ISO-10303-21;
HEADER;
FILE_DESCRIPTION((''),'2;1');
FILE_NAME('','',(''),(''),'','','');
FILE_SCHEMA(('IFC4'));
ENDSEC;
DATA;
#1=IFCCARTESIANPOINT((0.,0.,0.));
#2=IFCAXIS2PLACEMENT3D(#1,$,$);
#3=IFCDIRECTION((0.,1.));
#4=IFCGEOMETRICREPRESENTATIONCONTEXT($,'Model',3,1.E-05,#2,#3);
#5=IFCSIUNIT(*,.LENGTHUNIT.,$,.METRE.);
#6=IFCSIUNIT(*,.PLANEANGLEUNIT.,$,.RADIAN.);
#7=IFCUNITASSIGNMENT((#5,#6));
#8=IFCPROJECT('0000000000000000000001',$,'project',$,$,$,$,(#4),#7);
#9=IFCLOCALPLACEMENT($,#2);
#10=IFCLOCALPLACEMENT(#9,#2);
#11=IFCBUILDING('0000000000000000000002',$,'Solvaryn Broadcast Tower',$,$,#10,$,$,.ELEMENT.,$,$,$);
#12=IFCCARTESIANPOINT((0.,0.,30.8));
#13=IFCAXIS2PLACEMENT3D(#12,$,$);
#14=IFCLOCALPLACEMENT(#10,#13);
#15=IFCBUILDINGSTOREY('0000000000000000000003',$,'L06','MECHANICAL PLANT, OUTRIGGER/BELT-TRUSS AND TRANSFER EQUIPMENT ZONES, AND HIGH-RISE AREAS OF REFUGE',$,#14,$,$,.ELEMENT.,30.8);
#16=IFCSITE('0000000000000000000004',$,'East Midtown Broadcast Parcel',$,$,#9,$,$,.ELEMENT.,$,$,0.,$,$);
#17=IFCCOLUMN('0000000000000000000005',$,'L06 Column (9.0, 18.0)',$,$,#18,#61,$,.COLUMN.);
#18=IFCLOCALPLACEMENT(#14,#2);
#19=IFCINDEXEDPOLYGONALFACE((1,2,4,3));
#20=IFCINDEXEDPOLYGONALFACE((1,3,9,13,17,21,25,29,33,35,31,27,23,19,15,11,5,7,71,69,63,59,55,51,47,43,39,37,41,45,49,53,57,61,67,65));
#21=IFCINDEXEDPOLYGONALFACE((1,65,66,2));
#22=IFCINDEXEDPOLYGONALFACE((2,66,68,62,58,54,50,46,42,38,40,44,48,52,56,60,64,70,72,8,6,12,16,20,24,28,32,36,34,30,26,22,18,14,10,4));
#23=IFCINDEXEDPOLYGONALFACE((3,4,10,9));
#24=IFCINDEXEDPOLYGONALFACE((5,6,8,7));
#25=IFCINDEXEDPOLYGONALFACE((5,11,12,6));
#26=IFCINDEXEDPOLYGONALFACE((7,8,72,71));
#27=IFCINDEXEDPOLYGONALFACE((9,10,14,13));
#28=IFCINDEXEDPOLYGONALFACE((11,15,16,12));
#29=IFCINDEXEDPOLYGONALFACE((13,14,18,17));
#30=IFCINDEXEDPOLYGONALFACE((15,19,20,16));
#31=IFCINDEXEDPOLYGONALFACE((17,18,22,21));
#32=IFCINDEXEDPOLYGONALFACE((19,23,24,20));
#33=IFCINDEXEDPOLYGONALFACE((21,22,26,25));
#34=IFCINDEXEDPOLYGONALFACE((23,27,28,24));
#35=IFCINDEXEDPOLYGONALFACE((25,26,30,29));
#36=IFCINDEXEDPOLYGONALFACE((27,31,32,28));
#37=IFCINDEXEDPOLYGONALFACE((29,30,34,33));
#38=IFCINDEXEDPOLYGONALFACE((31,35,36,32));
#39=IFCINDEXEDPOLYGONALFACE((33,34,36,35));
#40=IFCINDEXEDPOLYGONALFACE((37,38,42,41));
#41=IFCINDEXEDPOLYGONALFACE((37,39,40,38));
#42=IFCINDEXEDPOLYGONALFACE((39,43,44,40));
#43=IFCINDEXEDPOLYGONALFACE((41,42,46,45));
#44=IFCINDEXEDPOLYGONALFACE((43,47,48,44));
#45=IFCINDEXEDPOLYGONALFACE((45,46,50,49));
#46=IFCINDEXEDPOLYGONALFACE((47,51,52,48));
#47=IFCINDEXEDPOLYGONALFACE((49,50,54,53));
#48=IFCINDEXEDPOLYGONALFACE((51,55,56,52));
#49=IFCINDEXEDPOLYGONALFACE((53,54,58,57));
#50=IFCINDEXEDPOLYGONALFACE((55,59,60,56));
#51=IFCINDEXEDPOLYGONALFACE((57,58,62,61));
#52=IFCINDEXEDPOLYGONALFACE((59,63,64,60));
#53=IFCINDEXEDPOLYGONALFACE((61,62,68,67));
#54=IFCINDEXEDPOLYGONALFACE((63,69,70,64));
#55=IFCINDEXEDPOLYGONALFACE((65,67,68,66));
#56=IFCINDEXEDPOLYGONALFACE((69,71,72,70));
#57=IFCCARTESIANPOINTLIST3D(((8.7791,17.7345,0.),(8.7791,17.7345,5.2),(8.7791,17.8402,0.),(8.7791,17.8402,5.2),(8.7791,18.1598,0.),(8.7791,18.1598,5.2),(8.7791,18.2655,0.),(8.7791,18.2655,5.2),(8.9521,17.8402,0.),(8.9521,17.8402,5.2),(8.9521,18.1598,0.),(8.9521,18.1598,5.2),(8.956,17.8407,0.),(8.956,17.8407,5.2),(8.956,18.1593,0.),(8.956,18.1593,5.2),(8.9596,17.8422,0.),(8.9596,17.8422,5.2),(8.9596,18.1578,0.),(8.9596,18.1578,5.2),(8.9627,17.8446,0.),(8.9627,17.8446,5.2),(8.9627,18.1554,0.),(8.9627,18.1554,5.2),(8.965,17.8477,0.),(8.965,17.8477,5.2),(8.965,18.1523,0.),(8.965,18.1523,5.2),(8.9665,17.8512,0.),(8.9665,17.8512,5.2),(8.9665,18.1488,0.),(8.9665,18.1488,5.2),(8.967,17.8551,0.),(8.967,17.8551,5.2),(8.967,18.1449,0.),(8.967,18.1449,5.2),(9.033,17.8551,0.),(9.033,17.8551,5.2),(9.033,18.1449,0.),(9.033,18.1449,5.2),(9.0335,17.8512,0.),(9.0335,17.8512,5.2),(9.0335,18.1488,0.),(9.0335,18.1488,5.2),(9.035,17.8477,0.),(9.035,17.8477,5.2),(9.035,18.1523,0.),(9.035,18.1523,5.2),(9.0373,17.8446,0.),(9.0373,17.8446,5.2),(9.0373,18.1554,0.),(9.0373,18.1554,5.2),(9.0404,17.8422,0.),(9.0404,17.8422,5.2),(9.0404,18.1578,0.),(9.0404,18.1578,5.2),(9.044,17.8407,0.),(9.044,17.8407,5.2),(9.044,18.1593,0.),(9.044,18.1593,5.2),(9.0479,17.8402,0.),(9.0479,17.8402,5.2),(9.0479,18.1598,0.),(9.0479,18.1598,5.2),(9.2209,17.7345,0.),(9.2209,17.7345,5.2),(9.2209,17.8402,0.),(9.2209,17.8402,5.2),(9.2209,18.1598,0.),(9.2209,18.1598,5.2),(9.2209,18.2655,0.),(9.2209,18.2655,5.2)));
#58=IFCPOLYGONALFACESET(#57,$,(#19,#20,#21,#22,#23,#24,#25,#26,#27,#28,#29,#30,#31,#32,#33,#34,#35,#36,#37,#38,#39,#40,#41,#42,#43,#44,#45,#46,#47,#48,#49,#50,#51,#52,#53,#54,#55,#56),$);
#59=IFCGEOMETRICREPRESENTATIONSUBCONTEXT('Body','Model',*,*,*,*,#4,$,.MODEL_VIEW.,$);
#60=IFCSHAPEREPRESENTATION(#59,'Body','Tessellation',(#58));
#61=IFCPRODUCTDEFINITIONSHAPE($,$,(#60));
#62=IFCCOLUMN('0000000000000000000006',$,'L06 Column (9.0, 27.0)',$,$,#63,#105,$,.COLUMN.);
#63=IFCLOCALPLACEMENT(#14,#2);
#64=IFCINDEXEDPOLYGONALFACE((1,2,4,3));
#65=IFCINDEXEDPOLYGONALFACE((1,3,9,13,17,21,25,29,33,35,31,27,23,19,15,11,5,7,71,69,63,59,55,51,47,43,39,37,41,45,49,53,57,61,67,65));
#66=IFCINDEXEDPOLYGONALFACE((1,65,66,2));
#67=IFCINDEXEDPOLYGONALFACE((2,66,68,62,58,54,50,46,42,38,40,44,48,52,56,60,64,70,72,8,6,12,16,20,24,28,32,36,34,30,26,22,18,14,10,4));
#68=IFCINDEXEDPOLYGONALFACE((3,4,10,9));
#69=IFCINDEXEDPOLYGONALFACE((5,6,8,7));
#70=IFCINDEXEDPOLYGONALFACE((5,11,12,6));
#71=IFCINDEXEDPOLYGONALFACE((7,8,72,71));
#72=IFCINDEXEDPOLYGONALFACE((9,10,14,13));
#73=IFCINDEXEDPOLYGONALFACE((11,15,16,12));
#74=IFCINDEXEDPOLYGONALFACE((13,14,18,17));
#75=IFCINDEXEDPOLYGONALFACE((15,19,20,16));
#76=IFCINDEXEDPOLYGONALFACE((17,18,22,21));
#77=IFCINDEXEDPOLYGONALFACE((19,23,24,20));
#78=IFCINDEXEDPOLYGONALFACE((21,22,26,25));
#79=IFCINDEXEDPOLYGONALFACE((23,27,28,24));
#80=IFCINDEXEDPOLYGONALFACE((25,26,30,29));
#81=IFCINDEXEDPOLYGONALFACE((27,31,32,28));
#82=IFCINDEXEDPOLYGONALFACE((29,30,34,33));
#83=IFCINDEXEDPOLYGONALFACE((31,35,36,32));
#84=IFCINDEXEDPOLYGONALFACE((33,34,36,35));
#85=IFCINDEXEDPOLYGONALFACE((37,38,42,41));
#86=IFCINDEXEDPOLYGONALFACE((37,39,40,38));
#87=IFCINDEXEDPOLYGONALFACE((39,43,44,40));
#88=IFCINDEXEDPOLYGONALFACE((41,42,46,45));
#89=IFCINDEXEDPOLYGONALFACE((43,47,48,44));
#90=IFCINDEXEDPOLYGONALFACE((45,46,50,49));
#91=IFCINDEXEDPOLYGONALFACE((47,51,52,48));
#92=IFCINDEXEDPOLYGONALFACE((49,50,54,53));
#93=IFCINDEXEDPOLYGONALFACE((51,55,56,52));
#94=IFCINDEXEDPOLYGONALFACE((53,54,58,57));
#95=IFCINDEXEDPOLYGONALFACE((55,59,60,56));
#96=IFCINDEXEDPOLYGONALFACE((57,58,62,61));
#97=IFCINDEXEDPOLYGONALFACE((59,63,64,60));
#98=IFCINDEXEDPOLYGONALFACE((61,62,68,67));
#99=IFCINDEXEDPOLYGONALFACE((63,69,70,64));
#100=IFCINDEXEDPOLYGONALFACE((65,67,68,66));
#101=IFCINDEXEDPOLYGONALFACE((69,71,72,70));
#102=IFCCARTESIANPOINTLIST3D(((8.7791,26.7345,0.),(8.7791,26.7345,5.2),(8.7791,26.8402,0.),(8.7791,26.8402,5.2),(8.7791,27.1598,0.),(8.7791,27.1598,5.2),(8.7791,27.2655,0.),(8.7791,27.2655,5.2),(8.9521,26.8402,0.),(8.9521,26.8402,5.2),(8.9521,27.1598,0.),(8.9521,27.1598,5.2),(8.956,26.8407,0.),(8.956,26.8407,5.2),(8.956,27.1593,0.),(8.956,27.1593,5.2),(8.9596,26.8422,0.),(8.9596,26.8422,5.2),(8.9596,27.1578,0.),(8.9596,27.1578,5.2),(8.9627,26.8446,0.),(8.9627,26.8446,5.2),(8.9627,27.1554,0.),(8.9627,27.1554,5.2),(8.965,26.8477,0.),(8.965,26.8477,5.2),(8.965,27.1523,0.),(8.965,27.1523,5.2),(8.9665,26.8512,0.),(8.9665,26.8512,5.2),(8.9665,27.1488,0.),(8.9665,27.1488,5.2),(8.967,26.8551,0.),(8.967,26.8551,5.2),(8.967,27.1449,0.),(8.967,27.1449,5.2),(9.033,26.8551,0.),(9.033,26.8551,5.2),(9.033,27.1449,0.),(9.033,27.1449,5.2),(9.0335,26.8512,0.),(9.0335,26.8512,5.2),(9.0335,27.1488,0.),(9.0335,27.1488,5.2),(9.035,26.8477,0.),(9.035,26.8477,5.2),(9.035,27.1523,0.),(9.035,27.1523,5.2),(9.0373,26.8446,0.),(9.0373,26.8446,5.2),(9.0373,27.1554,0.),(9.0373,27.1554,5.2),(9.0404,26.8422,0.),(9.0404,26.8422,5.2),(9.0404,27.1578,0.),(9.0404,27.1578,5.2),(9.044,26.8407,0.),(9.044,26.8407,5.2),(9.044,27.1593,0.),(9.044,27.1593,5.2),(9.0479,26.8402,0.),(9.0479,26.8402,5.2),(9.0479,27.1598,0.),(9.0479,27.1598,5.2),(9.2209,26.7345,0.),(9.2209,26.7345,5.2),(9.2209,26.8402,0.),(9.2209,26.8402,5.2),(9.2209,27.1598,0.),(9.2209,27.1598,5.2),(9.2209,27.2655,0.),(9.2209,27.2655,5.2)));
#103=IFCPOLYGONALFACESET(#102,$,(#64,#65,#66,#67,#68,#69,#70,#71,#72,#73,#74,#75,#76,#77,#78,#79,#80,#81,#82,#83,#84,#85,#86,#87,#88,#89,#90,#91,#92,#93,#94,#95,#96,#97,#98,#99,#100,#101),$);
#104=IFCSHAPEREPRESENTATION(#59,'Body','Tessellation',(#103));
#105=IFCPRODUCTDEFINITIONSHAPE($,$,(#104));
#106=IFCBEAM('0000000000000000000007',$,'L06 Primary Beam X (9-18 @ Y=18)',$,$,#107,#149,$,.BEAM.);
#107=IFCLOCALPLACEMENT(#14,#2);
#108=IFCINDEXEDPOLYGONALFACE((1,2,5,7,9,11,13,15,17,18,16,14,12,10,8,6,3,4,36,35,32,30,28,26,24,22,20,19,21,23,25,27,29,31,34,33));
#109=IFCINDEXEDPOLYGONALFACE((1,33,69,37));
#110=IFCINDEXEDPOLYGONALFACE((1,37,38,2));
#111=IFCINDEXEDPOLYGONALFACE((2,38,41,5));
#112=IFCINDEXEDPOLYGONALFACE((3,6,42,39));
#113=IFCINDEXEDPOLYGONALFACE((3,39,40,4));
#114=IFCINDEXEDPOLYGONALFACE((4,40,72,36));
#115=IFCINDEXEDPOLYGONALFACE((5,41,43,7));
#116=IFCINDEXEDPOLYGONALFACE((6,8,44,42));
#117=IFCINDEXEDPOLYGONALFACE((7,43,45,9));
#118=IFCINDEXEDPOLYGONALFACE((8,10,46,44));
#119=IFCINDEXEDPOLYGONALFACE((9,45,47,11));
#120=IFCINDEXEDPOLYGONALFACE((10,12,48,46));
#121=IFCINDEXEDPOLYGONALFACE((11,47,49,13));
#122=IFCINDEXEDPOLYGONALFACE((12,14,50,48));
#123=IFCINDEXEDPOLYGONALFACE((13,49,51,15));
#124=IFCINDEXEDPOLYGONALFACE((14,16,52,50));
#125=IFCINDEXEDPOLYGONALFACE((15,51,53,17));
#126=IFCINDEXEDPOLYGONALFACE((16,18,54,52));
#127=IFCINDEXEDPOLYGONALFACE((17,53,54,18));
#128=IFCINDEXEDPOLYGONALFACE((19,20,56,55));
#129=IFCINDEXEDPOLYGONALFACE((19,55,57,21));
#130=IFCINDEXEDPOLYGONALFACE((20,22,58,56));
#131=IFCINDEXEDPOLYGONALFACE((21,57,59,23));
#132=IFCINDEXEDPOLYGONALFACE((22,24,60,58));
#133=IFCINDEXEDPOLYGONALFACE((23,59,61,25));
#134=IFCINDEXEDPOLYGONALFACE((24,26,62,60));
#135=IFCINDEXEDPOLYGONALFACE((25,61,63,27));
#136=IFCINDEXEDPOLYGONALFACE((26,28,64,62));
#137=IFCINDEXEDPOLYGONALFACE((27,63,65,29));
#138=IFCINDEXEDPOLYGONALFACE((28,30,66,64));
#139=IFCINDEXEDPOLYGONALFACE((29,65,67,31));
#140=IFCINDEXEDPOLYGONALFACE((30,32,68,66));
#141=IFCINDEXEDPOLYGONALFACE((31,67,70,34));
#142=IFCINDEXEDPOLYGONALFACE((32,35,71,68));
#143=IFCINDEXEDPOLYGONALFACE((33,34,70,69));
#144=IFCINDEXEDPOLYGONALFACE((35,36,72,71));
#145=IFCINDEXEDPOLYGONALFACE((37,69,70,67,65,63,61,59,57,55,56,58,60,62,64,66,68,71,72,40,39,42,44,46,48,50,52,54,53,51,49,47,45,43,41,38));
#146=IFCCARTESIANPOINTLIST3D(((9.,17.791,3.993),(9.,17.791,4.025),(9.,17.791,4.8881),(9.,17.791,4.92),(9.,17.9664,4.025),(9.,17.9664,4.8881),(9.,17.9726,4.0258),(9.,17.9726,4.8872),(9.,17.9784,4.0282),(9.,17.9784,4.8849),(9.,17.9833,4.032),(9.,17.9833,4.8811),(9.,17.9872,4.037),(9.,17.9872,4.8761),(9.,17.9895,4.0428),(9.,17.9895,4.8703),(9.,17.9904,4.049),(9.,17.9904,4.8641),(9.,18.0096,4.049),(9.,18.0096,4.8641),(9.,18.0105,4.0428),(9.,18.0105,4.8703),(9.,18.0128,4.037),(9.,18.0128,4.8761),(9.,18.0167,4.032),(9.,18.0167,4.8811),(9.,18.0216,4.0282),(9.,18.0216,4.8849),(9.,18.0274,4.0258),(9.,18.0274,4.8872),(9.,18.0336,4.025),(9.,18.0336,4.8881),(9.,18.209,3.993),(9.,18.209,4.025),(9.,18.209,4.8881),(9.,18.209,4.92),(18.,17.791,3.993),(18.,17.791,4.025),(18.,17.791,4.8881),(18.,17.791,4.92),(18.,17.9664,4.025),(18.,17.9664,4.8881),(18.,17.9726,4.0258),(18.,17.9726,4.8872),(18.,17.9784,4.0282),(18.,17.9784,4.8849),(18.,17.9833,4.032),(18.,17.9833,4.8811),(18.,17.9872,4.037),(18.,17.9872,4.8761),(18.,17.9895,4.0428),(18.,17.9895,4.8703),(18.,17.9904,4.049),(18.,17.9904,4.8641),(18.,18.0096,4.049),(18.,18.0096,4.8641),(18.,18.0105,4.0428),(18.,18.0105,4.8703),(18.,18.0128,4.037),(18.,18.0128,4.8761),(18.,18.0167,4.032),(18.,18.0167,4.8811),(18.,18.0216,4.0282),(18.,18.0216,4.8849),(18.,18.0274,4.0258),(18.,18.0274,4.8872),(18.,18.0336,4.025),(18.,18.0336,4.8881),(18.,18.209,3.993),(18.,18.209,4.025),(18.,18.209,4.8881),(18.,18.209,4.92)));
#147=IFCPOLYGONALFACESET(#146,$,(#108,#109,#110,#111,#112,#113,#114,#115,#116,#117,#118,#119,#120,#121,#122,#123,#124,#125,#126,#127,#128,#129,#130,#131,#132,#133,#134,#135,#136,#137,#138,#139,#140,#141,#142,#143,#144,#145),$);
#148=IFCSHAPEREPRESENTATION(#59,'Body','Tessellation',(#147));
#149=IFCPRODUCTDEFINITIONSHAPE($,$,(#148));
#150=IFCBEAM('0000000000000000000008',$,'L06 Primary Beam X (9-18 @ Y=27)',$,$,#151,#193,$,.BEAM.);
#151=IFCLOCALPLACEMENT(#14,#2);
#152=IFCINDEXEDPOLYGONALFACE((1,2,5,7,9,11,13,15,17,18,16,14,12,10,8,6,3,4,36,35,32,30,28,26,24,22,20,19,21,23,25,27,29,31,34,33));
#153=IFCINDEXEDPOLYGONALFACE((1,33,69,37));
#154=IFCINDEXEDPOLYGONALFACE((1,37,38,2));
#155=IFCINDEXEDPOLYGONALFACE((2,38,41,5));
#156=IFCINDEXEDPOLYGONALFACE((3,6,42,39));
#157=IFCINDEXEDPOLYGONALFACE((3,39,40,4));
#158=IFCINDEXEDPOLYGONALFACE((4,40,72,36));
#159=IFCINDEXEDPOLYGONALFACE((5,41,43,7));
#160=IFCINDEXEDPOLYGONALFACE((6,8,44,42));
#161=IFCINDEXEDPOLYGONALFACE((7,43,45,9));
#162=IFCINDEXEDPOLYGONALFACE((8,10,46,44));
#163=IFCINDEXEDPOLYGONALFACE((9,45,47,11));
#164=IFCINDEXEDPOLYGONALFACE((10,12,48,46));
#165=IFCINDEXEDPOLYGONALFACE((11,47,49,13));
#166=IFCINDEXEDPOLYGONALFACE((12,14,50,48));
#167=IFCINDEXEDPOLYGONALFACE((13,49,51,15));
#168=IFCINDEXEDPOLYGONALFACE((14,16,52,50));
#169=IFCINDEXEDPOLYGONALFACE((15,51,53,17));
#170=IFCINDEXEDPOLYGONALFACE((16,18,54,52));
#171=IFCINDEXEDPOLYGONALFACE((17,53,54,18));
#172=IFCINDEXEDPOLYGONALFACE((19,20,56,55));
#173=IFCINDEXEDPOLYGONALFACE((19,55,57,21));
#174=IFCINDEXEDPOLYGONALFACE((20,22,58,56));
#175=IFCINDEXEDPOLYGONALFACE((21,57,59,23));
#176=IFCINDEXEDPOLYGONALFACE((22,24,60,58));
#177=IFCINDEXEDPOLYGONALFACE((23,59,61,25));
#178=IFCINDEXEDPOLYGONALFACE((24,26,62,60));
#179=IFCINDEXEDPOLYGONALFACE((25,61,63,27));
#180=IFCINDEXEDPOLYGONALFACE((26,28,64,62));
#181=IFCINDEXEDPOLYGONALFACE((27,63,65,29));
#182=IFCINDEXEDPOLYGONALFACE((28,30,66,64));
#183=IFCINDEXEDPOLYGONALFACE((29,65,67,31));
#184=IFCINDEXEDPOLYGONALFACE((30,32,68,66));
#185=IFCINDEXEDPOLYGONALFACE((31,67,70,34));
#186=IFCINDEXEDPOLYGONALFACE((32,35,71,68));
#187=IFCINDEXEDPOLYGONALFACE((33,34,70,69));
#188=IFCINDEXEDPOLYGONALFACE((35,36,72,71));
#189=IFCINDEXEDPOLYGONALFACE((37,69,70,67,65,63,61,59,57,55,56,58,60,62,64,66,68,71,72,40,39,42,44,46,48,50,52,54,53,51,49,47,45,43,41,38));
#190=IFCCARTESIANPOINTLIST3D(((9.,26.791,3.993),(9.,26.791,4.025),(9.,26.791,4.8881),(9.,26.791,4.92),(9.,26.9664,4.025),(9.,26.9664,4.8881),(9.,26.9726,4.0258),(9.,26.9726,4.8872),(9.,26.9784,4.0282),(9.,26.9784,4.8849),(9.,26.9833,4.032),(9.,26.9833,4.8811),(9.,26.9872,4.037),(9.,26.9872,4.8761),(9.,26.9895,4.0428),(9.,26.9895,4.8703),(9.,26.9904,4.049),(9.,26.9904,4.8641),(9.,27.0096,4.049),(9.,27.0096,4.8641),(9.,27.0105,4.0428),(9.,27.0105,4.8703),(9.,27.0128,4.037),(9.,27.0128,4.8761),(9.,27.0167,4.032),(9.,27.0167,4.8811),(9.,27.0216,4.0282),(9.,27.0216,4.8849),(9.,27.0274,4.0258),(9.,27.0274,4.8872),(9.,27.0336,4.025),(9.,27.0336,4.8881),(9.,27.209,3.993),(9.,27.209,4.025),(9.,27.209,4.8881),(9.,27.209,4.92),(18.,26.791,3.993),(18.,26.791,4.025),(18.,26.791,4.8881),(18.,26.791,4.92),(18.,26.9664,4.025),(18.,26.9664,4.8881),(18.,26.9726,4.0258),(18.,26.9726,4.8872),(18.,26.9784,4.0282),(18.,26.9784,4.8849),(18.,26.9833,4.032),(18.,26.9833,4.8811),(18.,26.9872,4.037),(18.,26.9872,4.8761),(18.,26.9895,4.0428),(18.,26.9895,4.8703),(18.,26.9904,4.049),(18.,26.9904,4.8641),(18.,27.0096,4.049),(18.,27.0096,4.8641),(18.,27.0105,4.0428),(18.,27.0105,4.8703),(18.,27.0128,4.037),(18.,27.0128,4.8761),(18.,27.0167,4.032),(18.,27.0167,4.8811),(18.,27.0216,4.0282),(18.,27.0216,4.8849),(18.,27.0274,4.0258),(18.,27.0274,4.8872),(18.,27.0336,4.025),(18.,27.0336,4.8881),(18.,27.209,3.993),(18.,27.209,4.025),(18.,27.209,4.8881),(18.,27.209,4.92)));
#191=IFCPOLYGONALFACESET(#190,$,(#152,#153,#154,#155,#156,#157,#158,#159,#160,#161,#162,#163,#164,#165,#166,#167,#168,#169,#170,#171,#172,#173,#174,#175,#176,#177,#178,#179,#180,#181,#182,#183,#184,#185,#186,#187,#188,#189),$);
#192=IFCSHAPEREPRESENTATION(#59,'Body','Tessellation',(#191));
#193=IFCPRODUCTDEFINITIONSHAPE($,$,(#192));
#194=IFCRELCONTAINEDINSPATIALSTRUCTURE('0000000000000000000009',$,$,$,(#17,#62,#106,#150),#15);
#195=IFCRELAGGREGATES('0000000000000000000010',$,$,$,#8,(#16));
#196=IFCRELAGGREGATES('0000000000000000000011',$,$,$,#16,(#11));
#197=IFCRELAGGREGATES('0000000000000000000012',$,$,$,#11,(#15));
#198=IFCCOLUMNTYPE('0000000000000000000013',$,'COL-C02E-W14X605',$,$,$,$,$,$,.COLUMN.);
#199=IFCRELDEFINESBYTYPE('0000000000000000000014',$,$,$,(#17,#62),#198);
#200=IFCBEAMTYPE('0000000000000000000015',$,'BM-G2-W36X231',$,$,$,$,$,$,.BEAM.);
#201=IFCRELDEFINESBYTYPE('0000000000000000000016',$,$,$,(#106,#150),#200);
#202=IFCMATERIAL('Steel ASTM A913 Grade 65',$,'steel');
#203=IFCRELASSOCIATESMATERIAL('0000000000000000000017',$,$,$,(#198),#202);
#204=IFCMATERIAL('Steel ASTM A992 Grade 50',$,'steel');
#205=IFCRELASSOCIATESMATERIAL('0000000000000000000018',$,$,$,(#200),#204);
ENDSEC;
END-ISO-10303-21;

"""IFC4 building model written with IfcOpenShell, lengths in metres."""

from ifc_helpers import new_model, si_unit, direction, frame, origin, origin_2d, place, context, subcontext, project, spatial, i_section, extrude, material, material_profile, profile_set, type_object, element, save


model = new_model("IFC4")

# Units and contexts
model_context = context("Model", 3, precision=1e-05, world=origin(), true_north=direction((0.0, 1.0)))
body_context = subcontext(model_context, "Body", "Model", "MODEL_VIEW")
ifc_project = project(units=[si_unit("LENGTHUNIT", "METRE"), si_unit("PLANEANGLEUNIT", "RADIAN")], contexts=[model_context])

# Site, building, storey
site_placement = place(None, origin())
site = spatial("IfcSite", under=ifc_project, at=site_placement, Name="East Midtown Broadcast Parcel", CompositionType="ELEMENT", RefElevation=0.0)
building_placement = place(site_placement, origin())
building = spatial("IfcBuilding", under=site, at=building_placement, Name="Solvaryn Broadcast Tower", CompositionType="ELEMENT")
storey_placement = place(building_placement, frame((0.0, 0.0, 30.8)))
storey = spatial("IfcBuildingStorey", under=building, at=storey_placement, Name="L06", Description="MECHANICAL PLANT, OUTRIGGER/BELT-TRUSS AND TRANSFER EQUIPMENT ZONES, AND HIGH-RISE AREAS OF REFUGE", CompositionType="ELEMENT", Elevation=30.8)

# Columns
ifc_material_1 = material(Name="Steel ASTM A913 Grade 65", Category="steel")
ifc_material_profile_1 = material_profile(ifc_material_1, i_section(OverallWidth=0.4419, OverallDepth=0.531, WebThickness=0.0659, FlangeThickness=0.1057, FilletRadius=0.0149, at=origin_2d()))
ifc_profile_set_1 = profile_set([ifc_material_profile_1], Name="Steel ASTM A913 Grade 65")
column_type = type_object("IfcColumnType", Name="COL-C02E-W14X605", PredefinedType="COLUMN", material=ifc_profile_set_1)
for number, where, z_axis, x_axis, name in (
    (1, (9.0, 18.0, 0.0), (0.0, 0.0, 1.0), (1.0, 0.0, 0.0), "L06 Column (9.0, 18.0)"),
    (2, (9.0, 27.0, 0.0), (0.0, 0.0, 1.0), (1.0, 0.0, 0.0), "L06 Column (9.0, 27.0)"),
):
    element("IfcColumn", number, at=place(storey_placement, frame(where, z_axis=z_axis, x_axis=x_axis)), inside=storey, type_object=column_type, Name=name, PredefinedType="COLUMN", context=body_context, shape_type="SweptSolid", body=[
        extrude(i_section(OverallWidth=0.4419, OverallDepth=0.531, WebThickness=0.0659, FlangeThickness=0.1057, FilletRadius=0.0149, at=origin_2d()), origin(), (0.0, 0.0, 1.0), 5.2),
    ])

# Beams
ifc_material_2 = material(Name="Steel ASTM A992 Grade 50", Category="steel")
ifc_material_profile_2 = material_profile(ifc_material_2, i_section(OverallWidth=0.418, OverallDepth=0.927, WebThickness=0.0193, FlangeThickness=0.032, FilletRadius=0.0239, at=origin_2d()))
ifc_profile_set_2 = profile_set([ifc_material_profile_2], Name="Steel ASTM A992 Grade 50")
beam_type_1 = type_object("IfcBeamType", Name="BM-G2-W36X231", PredefinedType="BEAM", material=ifc_profile_set_2)
for number, where, z_axis, x_axis, name in (
    (3, (9.0, 18.0, 4.4565), (1.0, 0.0, 0.0), (0.0, 1.0, 0.0), "L06 Primary Beam X (9-18 @ Y=18)"),
    (4, (9.0, 27.0, 4.4565), (1.0, 0.0, 0.0), (0.0, 1.0, 0.0), "L06 Primary Beam X (9-18 @ Y=27)"),
):
    element("IfcBeam", number, at=place(storey_placement, frame(where, z_axis=z_axis, x_axis=x_axis)), inside=storey, type_object=beam_type_1, Name=name, PredefinedType="BEAM", context=body_context, shape_type="SweptSolid", body=[
        extrude(i_section(OverallWidth=0.418, OverallDepth=0.927, WebThickness=0.0193, FlangeThickness=0.032, FilletRadius=0.0239, at=origin_2d()), origin(), (0.0, 0.0, 1.0), 9.0),
    ])

save(model, "model.ifc")
